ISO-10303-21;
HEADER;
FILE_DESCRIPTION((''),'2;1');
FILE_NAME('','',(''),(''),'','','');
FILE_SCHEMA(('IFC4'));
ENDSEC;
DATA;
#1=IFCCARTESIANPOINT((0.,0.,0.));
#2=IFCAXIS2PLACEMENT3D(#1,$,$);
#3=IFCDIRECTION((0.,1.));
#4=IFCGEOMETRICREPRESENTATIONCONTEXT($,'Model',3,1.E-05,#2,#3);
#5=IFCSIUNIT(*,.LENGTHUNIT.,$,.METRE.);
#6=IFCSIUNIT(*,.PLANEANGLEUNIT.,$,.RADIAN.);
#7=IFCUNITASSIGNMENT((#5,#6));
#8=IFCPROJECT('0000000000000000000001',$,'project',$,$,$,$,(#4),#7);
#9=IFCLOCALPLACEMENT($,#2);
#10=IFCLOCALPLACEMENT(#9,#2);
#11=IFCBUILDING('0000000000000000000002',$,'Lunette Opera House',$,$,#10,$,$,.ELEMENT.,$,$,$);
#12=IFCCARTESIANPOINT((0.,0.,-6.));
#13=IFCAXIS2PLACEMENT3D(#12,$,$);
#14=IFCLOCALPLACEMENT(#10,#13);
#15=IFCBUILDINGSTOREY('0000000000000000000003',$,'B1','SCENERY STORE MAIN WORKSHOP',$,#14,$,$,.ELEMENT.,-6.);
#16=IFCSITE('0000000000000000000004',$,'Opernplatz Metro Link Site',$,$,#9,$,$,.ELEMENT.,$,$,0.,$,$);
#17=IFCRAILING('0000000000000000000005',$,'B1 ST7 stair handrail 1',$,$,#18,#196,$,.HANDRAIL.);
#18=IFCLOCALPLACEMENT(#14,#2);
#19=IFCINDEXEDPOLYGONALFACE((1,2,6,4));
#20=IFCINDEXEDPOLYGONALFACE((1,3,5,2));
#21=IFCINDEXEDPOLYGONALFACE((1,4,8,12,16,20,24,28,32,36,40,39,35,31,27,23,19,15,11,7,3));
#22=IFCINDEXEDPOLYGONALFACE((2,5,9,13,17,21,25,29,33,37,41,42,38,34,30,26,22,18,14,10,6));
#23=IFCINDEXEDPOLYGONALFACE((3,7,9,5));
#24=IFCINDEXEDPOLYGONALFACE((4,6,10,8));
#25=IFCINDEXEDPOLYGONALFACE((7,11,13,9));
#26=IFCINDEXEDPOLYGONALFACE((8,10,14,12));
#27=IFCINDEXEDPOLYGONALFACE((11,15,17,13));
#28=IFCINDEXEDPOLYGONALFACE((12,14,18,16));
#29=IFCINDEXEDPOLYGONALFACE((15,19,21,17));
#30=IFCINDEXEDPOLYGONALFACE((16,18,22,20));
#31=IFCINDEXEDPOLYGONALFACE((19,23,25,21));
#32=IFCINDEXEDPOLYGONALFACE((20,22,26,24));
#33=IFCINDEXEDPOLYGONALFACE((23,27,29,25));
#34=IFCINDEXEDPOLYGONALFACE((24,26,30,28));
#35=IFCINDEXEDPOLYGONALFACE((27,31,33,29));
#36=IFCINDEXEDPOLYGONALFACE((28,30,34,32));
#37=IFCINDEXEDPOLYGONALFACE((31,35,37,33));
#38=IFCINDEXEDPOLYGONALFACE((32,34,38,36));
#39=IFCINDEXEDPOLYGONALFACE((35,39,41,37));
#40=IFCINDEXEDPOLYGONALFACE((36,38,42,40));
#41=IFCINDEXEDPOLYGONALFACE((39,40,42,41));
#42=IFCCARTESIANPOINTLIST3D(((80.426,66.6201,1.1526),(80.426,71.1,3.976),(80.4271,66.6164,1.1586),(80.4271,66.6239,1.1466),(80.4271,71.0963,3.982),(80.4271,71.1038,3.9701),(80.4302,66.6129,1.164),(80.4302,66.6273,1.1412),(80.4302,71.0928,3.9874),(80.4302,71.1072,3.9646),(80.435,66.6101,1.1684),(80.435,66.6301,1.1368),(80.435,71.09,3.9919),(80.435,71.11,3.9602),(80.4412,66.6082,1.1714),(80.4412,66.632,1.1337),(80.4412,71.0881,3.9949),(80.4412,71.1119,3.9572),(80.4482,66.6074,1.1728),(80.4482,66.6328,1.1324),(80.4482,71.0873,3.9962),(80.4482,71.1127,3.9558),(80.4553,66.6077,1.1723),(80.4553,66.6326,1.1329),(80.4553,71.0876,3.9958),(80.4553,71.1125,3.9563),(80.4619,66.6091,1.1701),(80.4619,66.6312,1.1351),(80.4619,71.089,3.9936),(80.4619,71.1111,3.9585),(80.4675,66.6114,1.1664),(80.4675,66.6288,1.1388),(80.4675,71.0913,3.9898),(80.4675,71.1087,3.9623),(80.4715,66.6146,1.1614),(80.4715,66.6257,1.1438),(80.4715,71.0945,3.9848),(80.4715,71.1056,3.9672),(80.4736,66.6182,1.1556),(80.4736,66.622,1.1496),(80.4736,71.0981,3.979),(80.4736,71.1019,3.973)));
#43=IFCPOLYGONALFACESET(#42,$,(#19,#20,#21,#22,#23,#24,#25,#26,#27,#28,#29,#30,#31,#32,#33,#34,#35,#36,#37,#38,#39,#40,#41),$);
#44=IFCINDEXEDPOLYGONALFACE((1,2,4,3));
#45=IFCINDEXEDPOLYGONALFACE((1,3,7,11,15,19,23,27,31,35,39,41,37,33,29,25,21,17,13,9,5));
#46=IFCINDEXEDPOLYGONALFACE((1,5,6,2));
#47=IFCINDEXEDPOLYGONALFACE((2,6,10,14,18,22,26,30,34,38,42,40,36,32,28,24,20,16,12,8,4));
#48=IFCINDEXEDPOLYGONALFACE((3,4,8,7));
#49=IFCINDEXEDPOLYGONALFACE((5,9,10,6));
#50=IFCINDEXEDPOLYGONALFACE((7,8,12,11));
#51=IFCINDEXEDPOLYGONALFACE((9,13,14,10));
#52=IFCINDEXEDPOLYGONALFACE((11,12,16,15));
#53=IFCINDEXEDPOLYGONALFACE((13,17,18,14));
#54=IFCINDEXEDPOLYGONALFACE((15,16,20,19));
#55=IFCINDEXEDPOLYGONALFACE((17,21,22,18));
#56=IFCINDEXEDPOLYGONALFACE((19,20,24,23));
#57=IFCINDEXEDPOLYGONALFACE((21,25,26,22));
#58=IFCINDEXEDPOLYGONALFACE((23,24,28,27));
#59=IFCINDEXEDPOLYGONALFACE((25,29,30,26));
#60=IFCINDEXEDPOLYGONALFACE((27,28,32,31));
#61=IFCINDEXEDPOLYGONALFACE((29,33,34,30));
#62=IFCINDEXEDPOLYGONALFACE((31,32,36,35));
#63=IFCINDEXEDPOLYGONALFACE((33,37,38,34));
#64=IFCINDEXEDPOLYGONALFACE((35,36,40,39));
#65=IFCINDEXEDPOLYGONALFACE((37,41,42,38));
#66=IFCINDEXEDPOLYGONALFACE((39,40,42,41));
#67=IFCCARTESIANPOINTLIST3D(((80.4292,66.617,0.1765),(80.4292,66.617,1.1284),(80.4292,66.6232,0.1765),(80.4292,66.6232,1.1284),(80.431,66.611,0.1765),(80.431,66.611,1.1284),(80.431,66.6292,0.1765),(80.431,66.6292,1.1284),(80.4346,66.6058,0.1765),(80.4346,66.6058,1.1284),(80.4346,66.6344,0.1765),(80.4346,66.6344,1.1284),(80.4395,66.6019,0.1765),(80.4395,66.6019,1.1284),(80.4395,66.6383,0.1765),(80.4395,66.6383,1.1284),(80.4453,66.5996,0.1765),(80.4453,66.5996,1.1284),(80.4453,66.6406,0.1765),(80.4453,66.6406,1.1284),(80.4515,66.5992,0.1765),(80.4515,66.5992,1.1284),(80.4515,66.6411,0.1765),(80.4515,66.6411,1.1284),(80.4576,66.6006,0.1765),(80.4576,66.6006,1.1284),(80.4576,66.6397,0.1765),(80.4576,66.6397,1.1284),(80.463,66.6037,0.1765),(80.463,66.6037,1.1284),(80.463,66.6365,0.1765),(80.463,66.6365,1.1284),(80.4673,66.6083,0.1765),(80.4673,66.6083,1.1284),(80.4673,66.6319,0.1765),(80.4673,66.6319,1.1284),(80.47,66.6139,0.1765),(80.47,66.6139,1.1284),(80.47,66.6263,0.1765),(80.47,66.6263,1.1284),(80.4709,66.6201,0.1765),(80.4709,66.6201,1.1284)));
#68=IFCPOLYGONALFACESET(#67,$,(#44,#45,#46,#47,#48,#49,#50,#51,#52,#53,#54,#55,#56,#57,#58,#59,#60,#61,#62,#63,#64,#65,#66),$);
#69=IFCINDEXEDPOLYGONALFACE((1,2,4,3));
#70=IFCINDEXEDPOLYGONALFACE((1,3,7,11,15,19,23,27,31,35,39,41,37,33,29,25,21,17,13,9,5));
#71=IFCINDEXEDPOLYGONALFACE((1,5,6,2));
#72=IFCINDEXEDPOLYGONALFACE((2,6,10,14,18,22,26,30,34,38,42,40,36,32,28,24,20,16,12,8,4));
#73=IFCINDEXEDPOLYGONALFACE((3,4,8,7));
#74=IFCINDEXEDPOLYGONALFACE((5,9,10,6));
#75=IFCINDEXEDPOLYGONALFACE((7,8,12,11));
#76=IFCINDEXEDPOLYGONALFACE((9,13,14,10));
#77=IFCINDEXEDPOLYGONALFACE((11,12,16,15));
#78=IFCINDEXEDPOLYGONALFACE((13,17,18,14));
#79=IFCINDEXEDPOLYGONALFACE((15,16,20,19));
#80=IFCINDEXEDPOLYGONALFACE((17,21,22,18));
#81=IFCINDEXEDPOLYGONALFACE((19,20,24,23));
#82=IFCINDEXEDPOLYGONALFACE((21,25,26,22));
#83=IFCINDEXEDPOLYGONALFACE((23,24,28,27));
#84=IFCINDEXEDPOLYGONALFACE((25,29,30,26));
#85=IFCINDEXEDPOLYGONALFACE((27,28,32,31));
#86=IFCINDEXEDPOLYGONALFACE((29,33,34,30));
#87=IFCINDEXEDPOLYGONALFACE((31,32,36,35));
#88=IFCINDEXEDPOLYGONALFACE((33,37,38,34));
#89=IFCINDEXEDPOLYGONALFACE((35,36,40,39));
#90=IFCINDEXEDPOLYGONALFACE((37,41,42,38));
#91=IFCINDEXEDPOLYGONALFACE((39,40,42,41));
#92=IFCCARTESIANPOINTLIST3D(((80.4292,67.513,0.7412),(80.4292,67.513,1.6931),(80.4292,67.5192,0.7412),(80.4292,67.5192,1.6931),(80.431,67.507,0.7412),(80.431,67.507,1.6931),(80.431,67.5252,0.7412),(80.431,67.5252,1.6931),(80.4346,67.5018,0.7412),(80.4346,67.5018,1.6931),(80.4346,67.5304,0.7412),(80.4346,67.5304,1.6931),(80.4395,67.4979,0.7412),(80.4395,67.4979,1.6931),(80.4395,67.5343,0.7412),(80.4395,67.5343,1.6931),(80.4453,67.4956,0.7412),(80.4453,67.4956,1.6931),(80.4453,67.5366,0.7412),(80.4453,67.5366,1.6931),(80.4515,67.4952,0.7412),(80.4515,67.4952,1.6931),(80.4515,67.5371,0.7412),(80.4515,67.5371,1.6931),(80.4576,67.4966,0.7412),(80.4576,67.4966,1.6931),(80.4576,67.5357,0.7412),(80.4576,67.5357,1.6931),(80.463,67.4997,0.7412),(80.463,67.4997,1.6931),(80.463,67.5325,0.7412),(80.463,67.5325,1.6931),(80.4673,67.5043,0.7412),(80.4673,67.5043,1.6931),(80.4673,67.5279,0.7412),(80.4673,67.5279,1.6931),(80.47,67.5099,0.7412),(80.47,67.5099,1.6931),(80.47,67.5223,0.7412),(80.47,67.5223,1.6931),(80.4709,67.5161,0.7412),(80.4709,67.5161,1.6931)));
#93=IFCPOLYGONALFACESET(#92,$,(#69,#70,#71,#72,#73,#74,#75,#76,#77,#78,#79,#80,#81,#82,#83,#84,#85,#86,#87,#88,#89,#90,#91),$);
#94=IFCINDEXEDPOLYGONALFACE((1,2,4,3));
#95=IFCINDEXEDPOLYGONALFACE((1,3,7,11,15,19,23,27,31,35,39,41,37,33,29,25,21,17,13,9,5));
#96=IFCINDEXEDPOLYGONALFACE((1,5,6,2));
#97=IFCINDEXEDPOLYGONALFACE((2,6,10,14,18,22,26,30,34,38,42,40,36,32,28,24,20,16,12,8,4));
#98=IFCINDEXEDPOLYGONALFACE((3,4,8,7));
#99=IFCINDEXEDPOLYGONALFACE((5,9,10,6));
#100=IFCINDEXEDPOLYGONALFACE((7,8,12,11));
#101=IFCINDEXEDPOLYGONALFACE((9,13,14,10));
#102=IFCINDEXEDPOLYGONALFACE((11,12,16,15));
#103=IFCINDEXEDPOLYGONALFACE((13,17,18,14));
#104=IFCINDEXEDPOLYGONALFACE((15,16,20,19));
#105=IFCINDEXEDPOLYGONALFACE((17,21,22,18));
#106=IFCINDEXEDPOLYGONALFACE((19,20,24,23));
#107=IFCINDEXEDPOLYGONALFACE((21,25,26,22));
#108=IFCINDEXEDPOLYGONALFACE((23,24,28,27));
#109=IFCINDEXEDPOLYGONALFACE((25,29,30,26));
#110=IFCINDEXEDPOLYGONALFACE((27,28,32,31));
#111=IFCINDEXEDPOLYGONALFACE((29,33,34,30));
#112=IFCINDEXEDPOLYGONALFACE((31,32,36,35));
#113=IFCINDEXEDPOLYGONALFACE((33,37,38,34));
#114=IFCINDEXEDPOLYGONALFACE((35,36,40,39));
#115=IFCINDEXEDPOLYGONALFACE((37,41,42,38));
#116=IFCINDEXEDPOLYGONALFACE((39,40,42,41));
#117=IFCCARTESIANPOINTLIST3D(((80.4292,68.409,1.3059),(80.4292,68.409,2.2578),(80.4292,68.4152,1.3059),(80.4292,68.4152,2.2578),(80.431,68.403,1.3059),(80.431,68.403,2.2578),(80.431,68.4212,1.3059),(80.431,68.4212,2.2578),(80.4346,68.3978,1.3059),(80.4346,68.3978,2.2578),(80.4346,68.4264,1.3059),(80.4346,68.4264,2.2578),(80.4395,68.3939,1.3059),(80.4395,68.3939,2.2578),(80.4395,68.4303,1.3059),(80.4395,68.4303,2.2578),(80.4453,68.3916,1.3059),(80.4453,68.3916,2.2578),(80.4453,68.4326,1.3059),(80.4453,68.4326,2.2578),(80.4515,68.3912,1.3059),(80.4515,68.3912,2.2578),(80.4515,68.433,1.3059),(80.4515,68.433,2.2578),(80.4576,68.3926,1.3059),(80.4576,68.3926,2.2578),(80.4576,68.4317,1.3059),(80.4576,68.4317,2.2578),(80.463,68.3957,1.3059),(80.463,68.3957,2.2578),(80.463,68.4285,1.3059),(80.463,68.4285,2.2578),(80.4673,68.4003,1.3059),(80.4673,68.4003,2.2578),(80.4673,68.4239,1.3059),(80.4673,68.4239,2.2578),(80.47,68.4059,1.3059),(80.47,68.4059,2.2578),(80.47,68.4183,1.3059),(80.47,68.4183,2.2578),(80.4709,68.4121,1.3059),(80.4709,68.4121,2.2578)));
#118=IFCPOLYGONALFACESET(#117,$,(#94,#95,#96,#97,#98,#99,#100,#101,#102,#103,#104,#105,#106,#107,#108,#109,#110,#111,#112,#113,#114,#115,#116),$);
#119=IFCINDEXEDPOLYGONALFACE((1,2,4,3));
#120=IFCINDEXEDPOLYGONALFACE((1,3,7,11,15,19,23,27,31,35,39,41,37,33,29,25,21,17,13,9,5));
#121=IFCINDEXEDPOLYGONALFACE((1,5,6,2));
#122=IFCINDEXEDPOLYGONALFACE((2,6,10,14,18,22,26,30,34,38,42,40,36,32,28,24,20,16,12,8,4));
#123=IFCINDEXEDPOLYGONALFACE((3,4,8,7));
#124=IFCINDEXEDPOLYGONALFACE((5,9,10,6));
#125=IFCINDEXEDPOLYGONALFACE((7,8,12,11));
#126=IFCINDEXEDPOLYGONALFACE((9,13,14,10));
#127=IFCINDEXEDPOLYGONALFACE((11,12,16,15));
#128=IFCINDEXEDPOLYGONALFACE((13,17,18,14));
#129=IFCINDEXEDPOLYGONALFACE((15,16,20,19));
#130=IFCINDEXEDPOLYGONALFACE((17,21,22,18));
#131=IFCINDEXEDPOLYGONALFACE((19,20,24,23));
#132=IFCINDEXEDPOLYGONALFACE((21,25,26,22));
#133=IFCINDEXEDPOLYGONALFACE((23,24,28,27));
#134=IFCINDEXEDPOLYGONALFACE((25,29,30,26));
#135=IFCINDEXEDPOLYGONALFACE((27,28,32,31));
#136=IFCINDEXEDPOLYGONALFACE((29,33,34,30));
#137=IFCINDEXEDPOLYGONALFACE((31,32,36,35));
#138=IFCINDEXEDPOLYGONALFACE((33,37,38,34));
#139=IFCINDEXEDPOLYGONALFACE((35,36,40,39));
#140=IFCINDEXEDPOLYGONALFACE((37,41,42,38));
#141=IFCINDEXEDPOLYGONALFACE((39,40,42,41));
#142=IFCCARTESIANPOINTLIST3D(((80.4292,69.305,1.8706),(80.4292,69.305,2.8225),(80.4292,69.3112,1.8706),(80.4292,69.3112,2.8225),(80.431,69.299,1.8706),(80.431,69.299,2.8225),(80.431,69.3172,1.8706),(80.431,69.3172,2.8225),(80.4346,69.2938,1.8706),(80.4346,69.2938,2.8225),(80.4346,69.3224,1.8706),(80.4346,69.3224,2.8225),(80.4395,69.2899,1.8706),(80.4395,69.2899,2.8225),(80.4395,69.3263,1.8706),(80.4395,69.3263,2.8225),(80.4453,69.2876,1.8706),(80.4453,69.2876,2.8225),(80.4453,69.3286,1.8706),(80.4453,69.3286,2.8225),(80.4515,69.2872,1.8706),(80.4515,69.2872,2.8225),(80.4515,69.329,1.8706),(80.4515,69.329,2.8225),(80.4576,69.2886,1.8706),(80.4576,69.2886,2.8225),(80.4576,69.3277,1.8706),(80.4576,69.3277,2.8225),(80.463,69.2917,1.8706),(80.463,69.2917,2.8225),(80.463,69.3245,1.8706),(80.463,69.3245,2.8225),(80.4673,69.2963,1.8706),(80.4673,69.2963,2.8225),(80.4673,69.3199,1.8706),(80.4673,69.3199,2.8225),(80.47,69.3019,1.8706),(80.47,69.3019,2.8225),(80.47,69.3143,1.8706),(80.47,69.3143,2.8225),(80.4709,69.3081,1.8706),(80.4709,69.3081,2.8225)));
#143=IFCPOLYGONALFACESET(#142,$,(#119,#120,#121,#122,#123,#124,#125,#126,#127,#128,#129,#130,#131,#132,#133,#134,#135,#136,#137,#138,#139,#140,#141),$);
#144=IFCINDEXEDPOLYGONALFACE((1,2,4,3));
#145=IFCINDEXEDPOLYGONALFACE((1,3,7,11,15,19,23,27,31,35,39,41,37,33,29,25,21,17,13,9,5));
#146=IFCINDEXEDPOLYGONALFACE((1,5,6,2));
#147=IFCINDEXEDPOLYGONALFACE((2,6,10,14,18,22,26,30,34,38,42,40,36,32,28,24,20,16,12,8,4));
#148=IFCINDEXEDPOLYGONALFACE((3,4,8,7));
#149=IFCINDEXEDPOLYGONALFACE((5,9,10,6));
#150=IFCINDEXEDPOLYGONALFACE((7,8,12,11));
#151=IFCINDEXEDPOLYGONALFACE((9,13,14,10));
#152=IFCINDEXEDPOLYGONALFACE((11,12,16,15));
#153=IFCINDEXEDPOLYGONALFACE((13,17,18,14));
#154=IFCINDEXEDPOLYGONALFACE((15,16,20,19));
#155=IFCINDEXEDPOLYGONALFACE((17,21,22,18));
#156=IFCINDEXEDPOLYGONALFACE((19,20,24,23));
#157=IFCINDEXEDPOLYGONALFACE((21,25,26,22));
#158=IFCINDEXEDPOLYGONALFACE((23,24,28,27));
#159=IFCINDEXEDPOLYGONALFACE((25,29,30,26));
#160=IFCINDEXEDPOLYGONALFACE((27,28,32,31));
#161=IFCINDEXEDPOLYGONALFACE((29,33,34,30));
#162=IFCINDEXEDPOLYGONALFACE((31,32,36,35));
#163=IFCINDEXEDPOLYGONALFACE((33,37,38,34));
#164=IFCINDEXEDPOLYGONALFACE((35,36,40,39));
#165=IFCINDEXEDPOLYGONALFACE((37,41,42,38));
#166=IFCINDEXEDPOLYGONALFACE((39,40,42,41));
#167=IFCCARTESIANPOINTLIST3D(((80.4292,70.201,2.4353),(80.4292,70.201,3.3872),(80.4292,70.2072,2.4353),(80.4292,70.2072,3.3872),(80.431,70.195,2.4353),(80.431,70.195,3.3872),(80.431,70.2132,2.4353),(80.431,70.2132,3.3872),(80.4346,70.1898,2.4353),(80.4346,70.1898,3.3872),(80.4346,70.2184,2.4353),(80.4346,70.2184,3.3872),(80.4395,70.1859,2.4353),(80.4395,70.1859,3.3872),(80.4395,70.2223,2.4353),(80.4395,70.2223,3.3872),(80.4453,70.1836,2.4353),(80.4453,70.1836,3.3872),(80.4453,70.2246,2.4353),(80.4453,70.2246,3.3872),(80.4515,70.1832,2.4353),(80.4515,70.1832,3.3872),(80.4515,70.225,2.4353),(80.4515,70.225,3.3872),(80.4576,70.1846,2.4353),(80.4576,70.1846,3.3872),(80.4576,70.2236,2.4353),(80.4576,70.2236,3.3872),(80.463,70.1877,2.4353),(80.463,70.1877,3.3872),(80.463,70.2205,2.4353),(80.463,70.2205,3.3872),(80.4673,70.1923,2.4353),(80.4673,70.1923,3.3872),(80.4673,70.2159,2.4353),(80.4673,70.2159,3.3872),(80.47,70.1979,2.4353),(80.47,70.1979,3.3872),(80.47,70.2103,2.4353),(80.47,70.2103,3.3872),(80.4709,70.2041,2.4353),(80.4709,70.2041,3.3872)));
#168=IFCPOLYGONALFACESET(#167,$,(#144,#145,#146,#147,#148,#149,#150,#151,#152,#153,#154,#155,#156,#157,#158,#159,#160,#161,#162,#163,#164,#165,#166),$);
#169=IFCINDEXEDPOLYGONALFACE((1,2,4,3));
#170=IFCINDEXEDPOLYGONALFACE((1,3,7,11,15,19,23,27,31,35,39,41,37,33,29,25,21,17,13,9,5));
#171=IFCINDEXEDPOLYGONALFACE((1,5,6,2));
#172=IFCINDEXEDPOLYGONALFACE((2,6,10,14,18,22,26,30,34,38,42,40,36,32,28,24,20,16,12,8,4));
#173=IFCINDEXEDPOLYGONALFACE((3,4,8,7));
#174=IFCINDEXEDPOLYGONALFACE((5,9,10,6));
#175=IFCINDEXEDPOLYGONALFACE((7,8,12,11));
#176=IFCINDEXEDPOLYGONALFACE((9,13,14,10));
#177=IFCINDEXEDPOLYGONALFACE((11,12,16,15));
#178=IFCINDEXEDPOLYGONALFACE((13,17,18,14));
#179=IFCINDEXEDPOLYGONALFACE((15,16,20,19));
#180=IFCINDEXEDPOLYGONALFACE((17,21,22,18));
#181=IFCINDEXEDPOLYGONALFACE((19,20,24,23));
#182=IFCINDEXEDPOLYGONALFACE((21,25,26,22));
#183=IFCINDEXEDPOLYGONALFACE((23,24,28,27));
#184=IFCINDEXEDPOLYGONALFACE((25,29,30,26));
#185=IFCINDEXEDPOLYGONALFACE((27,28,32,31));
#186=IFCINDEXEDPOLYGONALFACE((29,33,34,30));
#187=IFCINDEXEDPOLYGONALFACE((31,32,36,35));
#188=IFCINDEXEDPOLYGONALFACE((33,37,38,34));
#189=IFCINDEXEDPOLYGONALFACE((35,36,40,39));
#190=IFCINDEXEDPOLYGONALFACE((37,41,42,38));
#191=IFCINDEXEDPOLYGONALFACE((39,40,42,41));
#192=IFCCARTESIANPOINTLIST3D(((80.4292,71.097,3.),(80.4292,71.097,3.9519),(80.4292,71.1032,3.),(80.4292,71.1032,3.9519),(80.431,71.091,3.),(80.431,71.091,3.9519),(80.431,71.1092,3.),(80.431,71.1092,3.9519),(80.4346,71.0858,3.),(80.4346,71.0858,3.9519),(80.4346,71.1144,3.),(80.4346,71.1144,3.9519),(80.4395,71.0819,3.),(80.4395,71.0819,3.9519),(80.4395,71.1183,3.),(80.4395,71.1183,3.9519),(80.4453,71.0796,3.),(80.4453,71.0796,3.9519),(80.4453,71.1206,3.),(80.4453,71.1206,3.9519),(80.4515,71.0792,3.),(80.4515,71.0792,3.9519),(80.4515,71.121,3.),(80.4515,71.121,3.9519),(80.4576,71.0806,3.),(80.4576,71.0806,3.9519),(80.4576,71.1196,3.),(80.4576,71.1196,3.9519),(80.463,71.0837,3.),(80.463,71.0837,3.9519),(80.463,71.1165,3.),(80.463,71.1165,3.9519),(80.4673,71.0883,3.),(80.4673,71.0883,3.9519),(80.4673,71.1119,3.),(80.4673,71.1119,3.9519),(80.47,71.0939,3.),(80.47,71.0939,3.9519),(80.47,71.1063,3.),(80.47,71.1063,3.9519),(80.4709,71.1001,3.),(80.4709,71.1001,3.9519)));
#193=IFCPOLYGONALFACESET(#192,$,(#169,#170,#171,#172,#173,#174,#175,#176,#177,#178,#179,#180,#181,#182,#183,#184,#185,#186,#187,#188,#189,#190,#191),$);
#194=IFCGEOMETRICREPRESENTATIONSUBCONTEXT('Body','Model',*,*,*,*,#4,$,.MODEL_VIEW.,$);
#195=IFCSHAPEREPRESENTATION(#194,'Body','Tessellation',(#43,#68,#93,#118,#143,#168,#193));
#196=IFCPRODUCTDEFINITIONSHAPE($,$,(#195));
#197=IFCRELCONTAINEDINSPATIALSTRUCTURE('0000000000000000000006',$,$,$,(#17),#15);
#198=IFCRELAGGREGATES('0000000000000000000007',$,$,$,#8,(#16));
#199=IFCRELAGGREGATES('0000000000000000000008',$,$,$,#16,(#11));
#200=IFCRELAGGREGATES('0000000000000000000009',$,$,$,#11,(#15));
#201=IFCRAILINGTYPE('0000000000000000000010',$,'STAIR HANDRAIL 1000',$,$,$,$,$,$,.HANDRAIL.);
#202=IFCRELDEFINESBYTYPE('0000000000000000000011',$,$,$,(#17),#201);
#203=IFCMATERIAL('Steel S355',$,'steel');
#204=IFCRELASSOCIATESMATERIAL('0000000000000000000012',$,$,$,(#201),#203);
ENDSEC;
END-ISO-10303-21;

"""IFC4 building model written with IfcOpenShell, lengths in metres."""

from ifc_helpers import new_model, si_unit, direction, frame, origin, origin_2d, place, context, subcontext, project, spatial, circle, extrude, material, type_object, element, save


model = new_model("IFC4")

# Units and contexts
model_context = context("Model", 3, precision=1e-05, world=origin(), true_north=direction((0.0, 1.0)))
body_context = subcontext(model_context, "Body", "Model", "MODEL_VIEW")
ifc_project = project(units=[si_unit("LENGTHUNIT", "METRE"), si_unit("PLANEANGLEUNIT", "RADIAN")], contexts=[model_context])

# Site, building, storey
site_placement = place(None, origin())
site = spatial("IfcSite", under=ifc_project, at=site_placement, Name="Opernplatz Metro Link Site", CompositionType="ELEMENT", RefElevation=0.0)
building_placement = place(site_placement, origin())
building = spatial("IfcBuilding", under=site, at=building_placement, Name="Lunette Opera House", CompositionType="ELEMENT")
storey_placement = place(building_placement, frame((0.0, 0.0, -6.0)))
storey = spatial("IfcBuildingStorey", under=building, at=storey_placement, Name="B1", Description="SCENERY STORE MAIN WORKSHOP", CompositionType="ELEMENT", Elevation=-6.0)

# Railing
ifc_material_1 = material(Name="Steel S355", Category="steel")
railing_type_1 = type_object("IfcRailingType", Name="STAIR HANDRAIL 1000", PredefinedType="HANDRAIL", material=ifc_material_1)
railing_1_placement = place(storey_placement, frame((80.45, 66.6201, 0.1765)))
element("IfcRailing", 1, at=railing_1_placement, inside=storey, type_object=railing_type_1, Name="B1 ST7 stair handrail 1", PredefinedType="HANDRAIL", context=body_context, shape_type="SweptSolid", body=[
    extrude(circle(Radius=0.0239, at=origin_2d()), frame((0.0, 0.0, 0.9761), z_axis=(0.0, 0.845998, 0.533186), x_axis=(-1.0, 0.0, 0.0)), (0.0, 0.0, 1.0), 5.2954),
    extrude(circle(Radius=0.021, at=origin_2d()), origin(), (0.0, 0.0, 1.0), 0.9519),
    extrude(circle(Radius=0.021, at=origin_2d()), frame((0.0, 0.896, 0.5647)), (0.0, 0.0, 1.0), 0.9519),
    extrude(circle(Radius=0.021, at=origin_2d()), frame((0.0, 1.792, 1.1294)), (0.0, 0.0, 1.0), 0.9519),
    extrude(circle(Radius=0.021, at=origin_2d()), frame((0.0, 2.688, 1.6941)), (0.0, 0.0, 1.0), 0.9519),
    extrude(circle(Radius=0.021, at=origin_2d()), frame((0.0, 3.584, 2.2588)), (0.0, 0.0, 1.0), 0.9519),
    extrude(circle(Radius=0.021, at=origin_2d()), frame((0.0, 4.48, 2.8235)), (0.0, 0.0, 1.0), 0.9519),
])

save(model, "model.ifc")
